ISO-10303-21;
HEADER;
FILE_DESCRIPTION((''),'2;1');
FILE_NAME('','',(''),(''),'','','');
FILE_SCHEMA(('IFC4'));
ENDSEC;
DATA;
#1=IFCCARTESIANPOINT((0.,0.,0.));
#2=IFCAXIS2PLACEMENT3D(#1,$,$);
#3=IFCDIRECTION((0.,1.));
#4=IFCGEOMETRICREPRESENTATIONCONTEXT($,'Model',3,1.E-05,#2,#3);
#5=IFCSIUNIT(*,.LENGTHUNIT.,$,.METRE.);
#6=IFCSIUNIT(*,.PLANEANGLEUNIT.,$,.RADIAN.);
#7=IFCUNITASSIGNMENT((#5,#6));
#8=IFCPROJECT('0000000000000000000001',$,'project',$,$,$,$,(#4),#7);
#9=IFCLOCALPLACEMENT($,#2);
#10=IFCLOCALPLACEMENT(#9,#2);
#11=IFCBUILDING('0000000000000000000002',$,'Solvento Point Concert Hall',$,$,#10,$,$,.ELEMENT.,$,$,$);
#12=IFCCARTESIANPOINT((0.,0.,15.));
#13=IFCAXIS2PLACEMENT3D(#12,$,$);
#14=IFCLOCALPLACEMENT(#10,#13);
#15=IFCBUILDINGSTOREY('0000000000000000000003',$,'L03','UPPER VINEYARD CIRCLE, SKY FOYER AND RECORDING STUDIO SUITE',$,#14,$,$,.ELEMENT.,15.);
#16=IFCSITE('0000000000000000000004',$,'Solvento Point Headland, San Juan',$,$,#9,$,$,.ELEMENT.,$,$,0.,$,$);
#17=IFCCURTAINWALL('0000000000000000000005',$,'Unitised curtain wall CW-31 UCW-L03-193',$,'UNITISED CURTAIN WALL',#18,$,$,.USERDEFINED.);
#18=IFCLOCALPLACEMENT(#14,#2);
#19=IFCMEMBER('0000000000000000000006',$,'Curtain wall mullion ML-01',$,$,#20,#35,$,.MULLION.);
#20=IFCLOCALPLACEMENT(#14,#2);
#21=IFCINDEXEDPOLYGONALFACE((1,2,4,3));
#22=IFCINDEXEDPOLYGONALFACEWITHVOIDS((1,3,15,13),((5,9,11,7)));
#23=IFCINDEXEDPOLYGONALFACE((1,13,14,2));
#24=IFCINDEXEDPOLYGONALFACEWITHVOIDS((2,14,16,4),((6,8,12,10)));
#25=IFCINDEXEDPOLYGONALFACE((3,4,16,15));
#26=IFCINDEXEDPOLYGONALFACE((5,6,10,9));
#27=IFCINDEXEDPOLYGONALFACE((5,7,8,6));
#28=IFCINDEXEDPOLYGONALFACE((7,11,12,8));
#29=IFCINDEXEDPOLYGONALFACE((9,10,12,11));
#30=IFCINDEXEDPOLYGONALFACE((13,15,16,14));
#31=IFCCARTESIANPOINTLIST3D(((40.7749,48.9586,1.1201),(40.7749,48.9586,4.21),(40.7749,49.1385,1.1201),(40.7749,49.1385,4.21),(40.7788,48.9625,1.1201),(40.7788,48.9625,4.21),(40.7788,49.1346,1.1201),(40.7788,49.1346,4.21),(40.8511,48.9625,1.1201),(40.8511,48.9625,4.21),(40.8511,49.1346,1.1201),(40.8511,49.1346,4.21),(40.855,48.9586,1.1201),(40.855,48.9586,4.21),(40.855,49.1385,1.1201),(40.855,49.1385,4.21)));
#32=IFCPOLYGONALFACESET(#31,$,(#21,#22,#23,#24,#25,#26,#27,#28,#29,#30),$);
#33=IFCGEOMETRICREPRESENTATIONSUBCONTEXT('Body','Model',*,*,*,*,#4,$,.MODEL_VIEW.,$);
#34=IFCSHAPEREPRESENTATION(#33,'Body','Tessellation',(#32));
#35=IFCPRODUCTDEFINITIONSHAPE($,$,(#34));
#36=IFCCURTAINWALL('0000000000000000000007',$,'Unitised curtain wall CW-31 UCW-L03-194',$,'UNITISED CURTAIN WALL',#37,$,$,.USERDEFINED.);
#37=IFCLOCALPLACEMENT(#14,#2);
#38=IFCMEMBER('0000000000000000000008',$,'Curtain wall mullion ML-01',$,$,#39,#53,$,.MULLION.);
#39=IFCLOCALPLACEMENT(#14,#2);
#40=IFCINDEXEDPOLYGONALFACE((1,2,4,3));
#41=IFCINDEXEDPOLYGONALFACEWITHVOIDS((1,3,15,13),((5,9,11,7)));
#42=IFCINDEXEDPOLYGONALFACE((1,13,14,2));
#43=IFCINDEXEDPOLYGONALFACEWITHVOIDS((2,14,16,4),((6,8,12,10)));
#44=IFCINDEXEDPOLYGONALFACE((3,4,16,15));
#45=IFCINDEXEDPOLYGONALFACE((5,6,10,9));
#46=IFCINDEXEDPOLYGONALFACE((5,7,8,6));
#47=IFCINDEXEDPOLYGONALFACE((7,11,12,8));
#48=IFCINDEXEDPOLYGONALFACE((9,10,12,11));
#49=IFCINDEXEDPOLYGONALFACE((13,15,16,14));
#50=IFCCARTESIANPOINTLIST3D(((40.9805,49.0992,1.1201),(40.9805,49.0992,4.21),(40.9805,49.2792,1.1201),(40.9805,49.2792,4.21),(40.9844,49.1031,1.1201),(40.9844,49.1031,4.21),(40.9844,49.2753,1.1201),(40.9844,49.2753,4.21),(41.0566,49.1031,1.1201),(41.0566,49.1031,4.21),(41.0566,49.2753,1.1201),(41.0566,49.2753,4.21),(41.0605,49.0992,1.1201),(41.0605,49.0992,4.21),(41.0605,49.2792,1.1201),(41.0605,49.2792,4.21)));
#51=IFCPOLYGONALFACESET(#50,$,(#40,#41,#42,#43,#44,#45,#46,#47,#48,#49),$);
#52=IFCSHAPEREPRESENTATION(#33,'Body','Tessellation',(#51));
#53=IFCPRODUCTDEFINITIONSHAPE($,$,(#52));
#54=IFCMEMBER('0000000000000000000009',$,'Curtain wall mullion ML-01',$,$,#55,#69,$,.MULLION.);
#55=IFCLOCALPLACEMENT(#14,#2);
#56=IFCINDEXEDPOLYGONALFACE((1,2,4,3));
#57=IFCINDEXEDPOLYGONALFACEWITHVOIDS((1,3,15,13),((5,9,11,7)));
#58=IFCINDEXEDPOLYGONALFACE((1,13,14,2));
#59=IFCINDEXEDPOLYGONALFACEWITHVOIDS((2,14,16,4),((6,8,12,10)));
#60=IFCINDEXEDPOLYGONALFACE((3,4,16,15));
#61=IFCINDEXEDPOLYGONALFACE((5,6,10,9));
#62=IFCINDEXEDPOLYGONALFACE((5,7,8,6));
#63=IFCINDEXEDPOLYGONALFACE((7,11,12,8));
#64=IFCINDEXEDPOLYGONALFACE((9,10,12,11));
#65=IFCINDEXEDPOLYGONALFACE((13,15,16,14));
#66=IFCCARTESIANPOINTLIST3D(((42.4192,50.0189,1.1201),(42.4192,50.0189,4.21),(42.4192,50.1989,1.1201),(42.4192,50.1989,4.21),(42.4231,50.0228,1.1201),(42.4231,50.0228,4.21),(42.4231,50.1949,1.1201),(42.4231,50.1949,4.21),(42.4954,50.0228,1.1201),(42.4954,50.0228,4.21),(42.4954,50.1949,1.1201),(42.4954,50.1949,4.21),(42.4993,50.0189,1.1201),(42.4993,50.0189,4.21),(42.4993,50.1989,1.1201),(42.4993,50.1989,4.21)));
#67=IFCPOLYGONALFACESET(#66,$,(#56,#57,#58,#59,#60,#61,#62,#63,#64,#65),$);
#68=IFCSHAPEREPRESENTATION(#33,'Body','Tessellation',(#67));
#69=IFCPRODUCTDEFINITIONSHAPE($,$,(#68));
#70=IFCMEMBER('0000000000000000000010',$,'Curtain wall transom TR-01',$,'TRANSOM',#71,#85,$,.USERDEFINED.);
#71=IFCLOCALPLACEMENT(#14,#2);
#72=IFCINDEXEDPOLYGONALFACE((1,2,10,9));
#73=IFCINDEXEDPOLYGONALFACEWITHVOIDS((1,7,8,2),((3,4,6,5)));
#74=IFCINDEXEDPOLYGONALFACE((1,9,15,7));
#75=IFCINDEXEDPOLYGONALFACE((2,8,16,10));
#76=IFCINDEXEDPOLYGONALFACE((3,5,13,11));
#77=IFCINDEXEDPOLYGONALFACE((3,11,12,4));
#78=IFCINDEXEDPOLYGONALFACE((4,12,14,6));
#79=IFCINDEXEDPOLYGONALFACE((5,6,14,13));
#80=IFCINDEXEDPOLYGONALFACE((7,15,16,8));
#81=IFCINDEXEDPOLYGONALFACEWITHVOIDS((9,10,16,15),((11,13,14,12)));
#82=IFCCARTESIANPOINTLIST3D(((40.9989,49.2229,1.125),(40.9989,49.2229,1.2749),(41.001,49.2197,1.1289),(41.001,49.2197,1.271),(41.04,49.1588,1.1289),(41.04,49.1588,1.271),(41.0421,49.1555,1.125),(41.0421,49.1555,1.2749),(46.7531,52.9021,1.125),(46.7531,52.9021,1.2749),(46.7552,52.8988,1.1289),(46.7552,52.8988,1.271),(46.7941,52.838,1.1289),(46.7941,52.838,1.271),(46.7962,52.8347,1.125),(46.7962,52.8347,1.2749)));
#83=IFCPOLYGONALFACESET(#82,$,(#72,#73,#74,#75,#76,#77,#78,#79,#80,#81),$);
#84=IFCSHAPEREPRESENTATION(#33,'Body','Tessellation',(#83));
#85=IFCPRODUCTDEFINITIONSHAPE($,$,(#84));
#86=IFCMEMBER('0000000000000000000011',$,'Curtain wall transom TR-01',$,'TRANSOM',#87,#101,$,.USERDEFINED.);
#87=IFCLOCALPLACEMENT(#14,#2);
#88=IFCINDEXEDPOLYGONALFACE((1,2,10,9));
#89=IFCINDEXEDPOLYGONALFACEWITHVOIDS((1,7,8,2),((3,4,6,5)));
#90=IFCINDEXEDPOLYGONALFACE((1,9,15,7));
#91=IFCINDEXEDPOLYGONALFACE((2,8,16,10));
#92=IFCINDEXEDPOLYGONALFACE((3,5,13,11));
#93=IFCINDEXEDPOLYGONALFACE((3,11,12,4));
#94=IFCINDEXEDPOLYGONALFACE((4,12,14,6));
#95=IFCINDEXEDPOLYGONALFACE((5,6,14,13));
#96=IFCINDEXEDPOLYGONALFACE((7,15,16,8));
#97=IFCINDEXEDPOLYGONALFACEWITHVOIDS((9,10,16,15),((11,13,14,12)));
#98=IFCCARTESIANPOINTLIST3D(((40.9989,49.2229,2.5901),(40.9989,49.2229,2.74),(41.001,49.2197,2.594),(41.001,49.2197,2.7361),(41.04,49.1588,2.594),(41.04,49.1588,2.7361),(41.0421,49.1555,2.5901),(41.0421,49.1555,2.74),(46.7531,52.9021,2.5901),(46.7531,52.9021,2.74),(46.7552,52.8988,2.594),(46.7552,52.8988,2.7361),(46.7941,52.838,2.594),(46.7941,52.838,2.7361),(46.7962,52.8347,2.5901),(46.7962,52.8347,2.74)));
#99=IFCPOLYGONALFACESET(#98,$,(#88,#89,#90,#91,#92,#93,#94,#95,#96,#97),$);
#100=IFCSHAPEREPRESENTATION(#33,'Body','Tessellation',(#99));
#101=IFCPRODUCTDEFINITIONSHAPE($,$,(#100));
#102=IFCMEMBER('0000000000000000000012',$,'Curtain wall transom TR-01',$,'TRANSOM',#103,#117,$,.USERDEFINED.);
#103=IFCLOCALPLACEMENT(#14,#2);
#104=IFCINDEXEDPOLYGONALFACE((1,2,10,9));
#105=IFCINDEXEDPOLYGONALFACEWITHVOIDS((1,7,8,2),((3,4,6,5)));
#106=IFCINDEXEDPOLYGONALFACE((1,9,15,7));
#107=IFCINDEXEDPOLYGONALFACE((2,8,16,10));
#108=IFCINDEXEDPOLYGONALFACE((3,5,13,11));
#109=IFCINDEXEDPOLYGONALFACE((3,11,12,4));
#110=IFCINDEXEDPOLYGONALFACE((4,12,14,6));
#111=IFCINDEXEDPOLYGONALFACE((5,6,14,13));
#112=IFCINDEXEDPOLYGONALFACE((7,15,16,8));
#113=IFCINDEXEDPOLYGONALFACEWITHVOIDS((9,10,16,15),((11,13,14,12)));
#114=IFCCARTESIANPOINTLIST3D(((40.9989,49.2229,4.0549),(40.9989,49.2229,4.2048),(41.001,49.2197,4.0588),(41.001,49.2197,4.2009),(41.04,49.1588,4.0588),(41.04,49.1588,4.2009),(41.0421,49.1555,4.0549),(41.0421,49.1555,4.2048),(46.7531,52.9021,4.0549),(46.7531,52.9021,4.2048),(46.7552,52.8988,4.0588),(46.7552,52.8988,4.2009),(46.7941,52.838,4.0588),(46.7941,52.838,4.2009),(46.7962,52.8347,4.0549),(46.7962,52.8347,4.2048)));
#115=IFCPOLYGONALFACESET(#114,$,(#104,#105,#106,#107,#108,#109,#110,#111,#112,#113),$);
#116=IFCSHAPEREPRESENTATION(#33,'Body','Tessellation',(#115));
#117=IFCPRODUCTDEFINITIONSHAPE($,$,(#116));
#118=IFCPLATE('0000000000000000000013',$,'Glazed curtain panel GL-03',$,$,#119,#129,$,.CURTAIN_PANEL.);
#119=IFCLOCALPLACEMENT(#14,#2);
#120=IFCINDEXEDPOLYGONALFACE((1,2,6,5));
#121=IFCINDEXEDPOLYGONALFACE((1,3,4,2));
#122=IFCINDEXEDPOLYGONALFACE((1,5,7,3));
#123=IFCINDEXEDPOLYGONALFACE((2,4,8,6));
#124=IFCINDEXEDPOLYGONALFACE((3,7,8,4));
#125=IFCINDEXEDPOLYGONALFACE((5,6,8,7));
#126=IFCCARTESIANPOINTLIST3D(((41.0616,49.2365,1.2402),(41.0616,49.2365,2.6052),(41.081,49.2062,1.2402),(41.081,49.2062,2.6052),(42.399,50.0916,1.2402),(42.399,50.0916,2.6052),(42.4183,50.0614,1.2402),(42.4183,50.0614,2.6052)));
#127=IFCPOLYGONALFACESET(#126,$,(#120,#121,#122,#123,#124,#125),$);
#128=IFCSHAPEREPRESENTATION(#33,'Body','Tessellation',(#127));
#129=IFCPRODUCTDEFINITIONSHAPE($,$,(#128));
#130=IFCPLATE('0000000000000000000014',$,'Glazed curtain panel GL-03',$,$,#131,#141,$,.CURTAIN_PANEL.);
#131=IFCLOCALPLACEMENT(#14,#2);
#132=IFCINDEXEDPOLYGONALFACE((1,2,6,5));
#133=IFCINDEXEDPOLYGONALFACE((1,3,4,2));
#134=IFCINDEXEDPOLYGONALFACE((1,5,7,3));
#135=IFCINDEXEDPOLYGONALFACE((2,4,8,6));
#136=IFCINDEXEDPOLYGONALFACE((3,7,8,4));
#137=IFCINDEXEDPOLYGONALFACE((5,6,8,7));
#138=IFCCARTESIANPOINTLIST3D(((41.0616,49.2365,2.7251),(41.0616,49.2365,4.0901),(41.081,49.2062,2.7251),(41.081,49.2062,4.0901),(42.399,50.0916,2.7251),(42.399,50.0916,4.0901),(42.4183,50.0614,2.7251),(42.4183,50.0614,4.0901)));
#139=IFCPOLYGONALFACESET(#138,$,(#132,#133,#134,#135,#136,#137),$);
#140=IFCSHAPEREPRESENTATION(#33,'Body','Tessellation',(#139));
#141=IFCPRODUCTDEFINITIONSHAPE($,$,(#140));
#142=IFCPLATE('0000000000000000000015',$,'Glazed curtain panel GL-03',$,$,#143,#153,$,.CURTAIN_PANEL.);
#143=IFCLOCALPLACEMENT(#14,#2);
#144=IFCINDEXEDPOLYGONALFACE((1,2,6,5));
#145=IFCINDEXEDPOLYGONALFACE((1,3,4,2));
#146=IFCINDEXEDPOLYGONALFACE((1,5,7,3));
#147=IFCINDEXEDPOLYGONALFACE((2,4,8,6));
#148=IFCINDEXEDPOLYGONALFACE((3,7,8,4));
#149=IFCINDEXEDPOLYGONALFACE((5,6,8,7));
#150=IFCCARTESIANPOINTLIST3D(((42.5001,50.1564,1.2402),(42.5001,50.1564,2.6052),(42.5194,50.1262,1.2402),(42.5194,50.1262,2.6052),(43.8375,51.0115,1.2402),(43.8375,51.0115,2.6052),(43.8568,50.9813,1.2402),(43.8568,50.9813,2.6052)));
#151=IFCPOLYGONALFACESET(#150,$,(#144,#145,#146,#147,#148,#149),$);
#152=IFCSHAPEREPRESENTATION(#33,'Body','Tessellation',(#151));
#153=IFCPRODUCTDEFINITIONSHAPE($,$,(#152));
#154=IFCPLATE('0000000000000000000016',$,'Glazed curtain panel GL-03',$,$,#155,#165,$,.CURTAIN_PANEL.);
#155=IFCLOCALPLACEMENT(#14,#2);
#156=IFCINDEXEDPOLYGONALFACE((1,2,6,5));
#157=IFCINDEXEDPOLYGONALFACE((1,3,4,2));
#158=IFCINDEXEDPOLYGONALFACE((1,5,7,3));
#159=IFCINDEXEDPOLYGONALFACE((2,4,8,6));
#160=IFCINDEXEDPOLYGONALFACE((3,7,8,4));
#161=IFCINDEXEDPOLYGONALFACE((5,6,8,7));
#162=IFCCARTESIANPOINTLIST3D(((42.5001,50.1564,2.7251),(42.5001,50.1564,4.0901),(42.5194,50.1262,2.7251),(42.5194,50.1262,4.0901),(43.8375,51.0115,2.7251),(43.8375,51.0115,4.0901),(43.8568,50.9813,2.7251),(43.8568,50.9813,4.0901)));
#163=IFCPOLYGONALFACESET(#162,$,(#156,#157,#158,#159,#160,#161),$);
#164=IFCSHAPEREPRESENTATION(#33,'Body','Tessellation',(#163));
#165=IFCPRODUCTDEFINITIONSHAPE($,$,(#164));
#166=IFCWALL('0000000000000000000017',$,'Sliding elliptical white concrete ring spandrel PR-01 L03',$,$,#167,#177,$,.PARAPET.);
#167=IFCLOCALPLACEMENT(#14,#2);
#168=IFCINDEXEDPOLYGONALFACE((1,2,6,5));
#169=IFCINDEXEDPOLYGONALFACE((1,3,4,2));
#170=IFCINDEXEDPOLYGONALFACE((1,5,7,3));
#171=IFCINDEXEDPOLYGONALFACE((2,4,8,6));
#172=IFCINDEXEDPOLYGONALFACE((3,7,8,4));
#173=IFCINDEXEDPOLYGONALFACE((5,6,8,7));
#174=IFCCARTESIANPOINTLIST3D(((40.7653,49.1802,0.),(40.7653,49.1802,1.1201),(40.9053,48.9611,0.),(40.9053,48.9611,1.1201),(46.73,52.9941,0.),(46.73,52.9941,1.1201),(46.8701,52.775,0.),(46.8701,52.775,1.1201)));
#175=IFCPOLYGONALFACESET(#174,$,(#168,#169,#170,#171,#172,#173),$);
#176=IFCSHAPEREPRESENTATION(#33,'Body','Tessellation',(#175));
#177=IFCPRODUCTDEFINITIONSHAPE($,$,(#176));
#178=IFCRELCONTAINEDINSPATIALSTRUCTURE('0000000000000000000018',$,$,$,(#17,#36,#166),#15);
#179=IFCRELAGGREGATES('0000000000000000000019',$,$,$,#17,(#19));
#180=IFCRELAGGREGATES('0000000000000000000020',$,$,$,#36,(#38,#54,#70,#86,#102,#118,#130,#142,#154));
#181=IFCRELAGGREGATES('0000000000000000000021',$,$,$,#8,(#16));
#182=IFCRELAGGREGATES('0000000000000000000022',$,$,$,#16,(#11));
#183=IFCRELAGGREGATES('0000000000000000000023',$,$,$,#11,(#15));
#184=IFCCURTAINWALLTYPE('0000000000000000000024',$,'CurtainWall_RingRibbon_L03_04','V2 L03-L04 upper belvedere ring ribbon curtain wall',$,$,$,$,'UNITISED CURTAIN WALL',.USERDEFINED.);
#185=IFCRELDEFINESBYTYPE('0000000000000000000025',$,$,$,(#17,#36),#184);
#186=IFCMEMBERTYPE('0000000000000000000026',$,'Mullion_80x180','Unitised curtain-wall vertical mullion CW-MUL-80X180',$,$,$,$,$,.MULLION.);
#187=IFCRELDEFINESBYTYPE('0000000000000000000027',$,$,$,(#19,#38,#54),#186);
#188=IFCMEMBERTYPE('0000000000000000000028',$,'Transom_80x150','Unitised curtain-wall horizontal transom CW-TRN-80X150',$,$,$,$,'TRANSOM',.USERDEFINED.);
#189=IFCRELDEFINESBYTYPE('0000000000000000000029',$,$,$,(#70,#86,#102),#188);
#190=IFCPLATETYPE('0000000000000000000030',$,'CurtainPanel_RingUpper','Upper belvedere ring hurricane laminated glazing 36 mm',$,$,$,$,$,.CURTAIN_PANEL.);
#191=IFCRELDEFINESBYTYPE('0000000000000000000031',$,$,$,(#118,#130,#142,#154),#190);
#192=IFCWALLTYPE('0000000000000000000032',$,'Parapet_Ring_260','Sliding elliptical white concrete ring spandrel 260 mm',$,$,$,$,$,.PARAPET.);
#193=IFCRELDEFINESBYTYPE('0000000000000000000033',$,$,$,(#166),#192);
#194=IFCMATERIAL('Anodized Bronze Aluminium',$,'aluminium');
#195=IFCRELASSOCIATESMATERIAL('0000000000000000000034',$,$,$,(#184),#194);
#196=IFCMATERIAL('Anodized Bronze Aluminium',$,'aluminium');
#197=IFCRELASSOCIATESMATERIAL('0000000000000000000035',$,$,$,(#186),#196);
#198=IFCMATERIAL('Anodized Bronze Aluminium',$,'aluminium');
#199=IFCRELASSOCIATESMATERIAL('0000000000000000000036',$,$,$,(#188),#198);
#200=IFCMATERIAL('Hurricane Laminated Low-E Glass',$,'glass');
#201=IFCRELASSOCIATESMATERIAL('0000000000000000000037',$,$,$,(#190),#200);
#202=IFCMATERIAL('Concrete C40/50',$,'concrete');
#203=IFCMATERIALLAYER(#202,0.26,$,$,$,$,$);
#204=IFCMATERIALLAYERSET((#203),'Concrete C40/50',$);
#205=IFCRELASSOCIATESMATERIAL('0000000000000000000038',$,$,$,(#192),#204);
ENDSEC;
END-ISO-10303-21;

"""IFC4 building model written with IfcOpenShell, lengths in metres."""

from ifc_helpers import new_model, si_unit, direction, frame, frame_2d, origin, origin_2d, place, context, subcontext, project, spatial, rectangle, hollow_rectangle, extrude, material, layer, layer_set, material_profile, profile_set, type_object, element, aggregate, save


model = new_model("IFC4")

# Units and contexts
model_context = context("Model", 3, precision=1e-05, world=origin(), true_north=direction((0.0, 1.0)))
body_context = subcontext(model_context, "Body", "Model", "MODEL_VIEW")
ifc_project = project(units=[si_unit("LENGTHUNIT", "METRE"), si_unit("PLANEANGLEUNIT", "RADIAN")], contexts=[model_context])

# Site, building, storey
site_placement = place(None, origin())
site = spatial("IfcSite", under=ifc_project, at=site_placement, Name="Solvento Point Headland, San Juan", CompositionType="ELEMENT", RefElevation=0.0)
building_placement = place(site_placement, origin())
building = spatial("IfcBuilding", under=site, at=building_placement, Name="Solvento Point Concert Hall", CompositionType="ELEMENT")
storey_placement = place(building_placement, frame((0.0, 0.0, 15.0)))
storey = spatial("IfcBuildingStorey", under=building, at=storey_placement, Name="L03", Description="UPPER VINEYARD CIRCLE, SKY FOYER AND RECORDING STUDIO SUITE", CompositionType="ELEMENT", Elevation=15.0)

# Curtain wall, member
ifc_material_1 = material(Name="Anodized Bronze Aluminium", Category="aluminium")
curtain_wall_type = type_object("IfcCurtainWallType", Name="CurtainWall_RingRibbon_L03_04", Description="V2 L03-L04 upper belvedere ring ribbon curtain wall", ElementType="UNITISED CURTAIN WALL", PredefinedType="USERDEFINED", material=ifc_material_1)
curtain_wall_1_placement = place(storey_placement, origin())
curtain_wall_1 = element("IfcCurtainWall", 1, at=curtain_wall_1_placement, inside=storey, type_object=curtain_wall_type, Name="Unitised curtain wall CW-31 UCW-L03-193", ObjectType="UNITISED CURTAIN WALL", PredefinedType="USERDEFINED")
ifc_material_2 = material(Name="Anodized Bronze Aluminium", Category="aluminium")
ifc_material_profile_1 = material_profile(ifc_material_2, hollow_rectangle(XDim=0.0801, YDim=0.1799, WallThickness=0.0039, at=origin_2d()), Name="CW-MUL-80X180")
ifc_profile_set_1 = profile_set([ifc_material_profile_1], Name="Anodized Bronze Aluminium")
member_type_1 = type_object("IfcMemberType", Name="Mullion_80x180", Description="Unitised curtain-wall vertical mullion CW-MUL-80X180", PredefinedType="MULLION", material=ifc_profile_set_1)
member_1_placement = place(storey_placement, frame((40.8149, 49.0486, 1.1201), z_axis=(0.0, 0.0, 1.0), x_axis=(1.0, 0.0, 0.0)))
member_1 = element("IfcMember", 2, at=member_1_placement, type_object=member_type_1, Name="Curtain wall mullion ML-01", PredefinedType="MULLION", context=body_context, shape_type="SweptSolid", body=[
    extrude(hollow_rectangle(XDim=0.0801, YDim=0.1799, WallThickness=0.0039, at=origin_2d()), origin(), (0.0, 0.0, 1.0), 3.0898),
])
aggregate(curtain_wall_1, [member_1])

# Curtain wall, members, plates
curtain_wall_2_placement = place(storey_placement, origin())
curtain_wall_2 = element("IfcCurtainWall", 3, at=curtain_wall_2_placement, inside=storey, type_object=curtain_wall_type, Name="Unitised curtain wall CW-31 UCW-L03-194", ObjectType="UNITISED CURTAIN WALL", PredefinedType="USERDEFINED")
member_2_placement = place(storey_placement, frame((41.0205, 49.1892, 1.1201), z_axis=(0.0, 0.0, 1.0), x_axis=(1.0, 0.0, 0.0)))
member_2 = element("IfcMember", 4, at=member_2_placement, type_object=member_type_1, Name="Curtain wall mullion ML-01", PredefinedType="MULLION", context=body_context, shape_type="SweptSolid", body=[
    extrude(hollow_rectangle(XDim=0.0801, YDim=0.1799, WallThickness=0.0039, at=origin_2d()), origin(), (0.0, 0.0, 1.0), 3.0898),
])
member_3_placement = place(storey_placement, frame((42.4592, 50.1089, 1.1201), z_axis=(0.0, 0.0, 1.0), x_axis=(1.0, 0.0, 0.0)))
member_3 = element("IfcMember", 5, at=member_3_placement, type_object=member_type_1, Name="Curtain wall mullion ML-01", PredefinedType="MULLION", context=body_context, shape_type="SweptSolid", body=[
    extrude(hollow_rectangle(XDim=0.0801, YDim=0.1799, WallThickness=0.0039, at=origin_2d()), origin(), (0.0, 0.0, 1.0), 3.0898),
])
ifc_material_3 = material(Name="Anodized Bronze Aluminium", Category="aluminium")
ifc_material_profile_2 = material_profile(ifc_material_3, hollow_rectangle(XDim=0.0801, YDim=0.1499, WallThickness=0.0039, at=origin_2d()), Name="CW-TRN-80X150")
ifc_profile_set_2 = profile_set([ifc_material_profile_2], Name="Anodized Bronze Aluminium")
member_type_2 = type_object("IfcMemberType", Name="Transom_80x150", Description="Unitised curtain-wall horizontal transom CW-TRN-80X150", ElementType="TRANSOM", PredefinedType="USERDEFINED", material=ifc_profile_set_2)
member_4_placement = place(storey_placement, frame((41.0205, 49.1892, 1.2), z_axis=(0.842501, 0.538695, 0.0), x_axis=(-0.538695, 0.842501, 0.0)))
member_4 = element("IfcMember", 6, at=member_4_placement, type_object=member_type_2, Name="Curtain wall transom TR-01", ObjectType="TRANSOM", PredefinedType="USERDEFINED", context=body_context, shape_type="SweptSolid", body=[
    extrude(hollow_rectangle(XDim=0.0801, YDim=0.1499, WallThickness=0.0039, at=origin_2d()), origin(), (0.0, 0.0, 1.0), 6.8298),
])
member_5_placement = place(storey_placement, frame((41.0205, 49.1892, 2.665), z_axis=(0.842501, 0.538695, 0.0), x_axis=(-0.538695, 0.842501, 0.0)))
member_5 = element("IfcMember", 7, at=member_5_placement, type_object=member_type_2, Name="Curtain wall transom TR-01", ObjectType="TRANSOM", PredefinedType="USERDEFINED", context=body_context, shape_type="SweptSolid", body=[
    extrude(hollow_rectangle(XDim=0.0801, YDim=0.1499, WallThickness=0.0039, at=origin_2d()), origin(), (0.0, 0.0, 1.0), 6.8298),
])
member_6_placement = place(storey_placement, frame((41.0205, 49.1892, 4.1299), z_axis=(0.842501, 0.538695, 0.0), x_axis=(-0.538695, 0.842501, 0.0)))
member_6 = element("IfcMember", 8, at=member_6_placement, type_object=member_type_2, Name="Curtain wall transom TR-01", ObjectType="TRANSOM", PredefinedType="USERDEFINED", context=body_context, shape_type="SweptSolid", body=[
    extrude(hollow_rectangle(XDim=0.0801, YDim=0.1499, WallThickness=0.0039, at=origin_2d()), origin(), (0.0, 0.0, 1.0), 6.8298),
])
ifc_material_4 = material(Name="Hurricane Laminated Low-E Glass", Category="glass")
plate_type = type_object("IfcPlateType", Name="CurtainPanel_RingUpper", Description="Upper belvedere ring hurricane laminated glazing 36 mm", PredefinedType="CURTAIN_PANEL", material=ifc_material_4)
plate_1_placement = place(storey_placement, frame((41.74, 49.6489, 1.2402), z_axis=(0.0, 0.0, 1.0), x_axis=(0.84249, 0.538712, 0.0)))
plate_1 = element("IfcPlate", 9, at=plate_1_placement, type_object=plate_type, Name="Glazed curtain panel GL-03", PredefinedType="CURTAIN_PANEL", context=body_context, shape_type="SweptSolid", body=[
    extrude(rectangle(XDim=1.5874, YDim=0.0359, at=origin_2d()), origin(), (0.0, 0.0, 1.0), 1.365),
])
plate_2_placement = place(storey_placement, frame((41.74, 49.6489, 2.7251), z_axis=(0.0, 0.0, 1.0), x_axis=(0.84249, 0.538712, 0.0)))
plate_2 = element("IfcPlate", 10, at=plate_2_placement, type_object=plate_type, Name="Glazed curtain panel GL-03", PredefinedType="CURTAIN_PANEL", context=body_context, shape_type="SweptSolid", body=[
    extrude(rectangle(XDim=1.5874, YDim=0.0359, at=origin_2d()), origin(), (0.0, 0.0, 1.0), 1.365),
])
plate_3_placement = place(storey_placement, frame((43.1785, 50.5688, 1.2402), z_axis=(0.0, 0.0, 1.0), x_axis=(0.84249, 0.538712, 0.0)))
plate_3 = element("IfcPlate", 11, at=plate_3_placement, type_object=plate_type, Name="Glazed curtain panel GL-03", PredefinedType="CURTAIN_PANEL", context=body_context, shape_type="SweptSolid", body=[
    extrude(rectangle(XDim=1.5874, YDim=0.0359, at=origin_2d()), origin(), (0.0, 0.0, 1.0), 1.365),
])
plate_4_placement = place(storey_placement, frame((43.1785, 50.5688, 2.7251), z_axis=(0.0, 0.0, 1.0), x_axis=(0.84249, 0.538712, 0.0)))
plate_4 = element("IfcPlate", 12, at=plate_4_placement, type_object=plate_type, Name="Glazed curtain panel GL-03", PredefinedType="CURTAIN_PANEL", context=body_context, shape_type="SweptSolid", body=[
    extrude(rectangle(XDim=1.5874, YDim=0.0359, at=origin_2d()), origin(), (0.0, 0.0, 1.0), 1.365),
])
aggregate(curtain_wall_2, [member_2, member_3, member_4, member_5, member_6, plate_1, plate_2, plate_3, plate_4])

# Wall
ifc_material_5 = material(Name="Concrete C40/50", Category="concrete")
ifc_layer = layer(ifc_material_5, 0.26)
ifc_layer_set = layer_set([ifc_layer], Name="Concrete C40/50")
wall_type = type_object("IfcWallType", Name="Parapet_Ring_260", Description="Sliding elliptical white concrete ring spandrel 260 mm", PredefinedType="PARAPET", material=ifc_layer_set)
wall_placement = place(storey_placement, frame((40.8352, 49.0706, 0.0), z_axis=(0.0, 0.0, 1.0), x_axis=(0.842498, 0.538699, 0.0)))
element("IfcWall", 13, at=wall_placement, inside=storey, type_object=wall_type, Name="Sliding elliptical white concrete ring spandrel PR-01 L03", PredefinedType="PARAPET", context=body_context, shape_type="SweptSolid", body=[
    extrude(rectangle(XDim=7.0798, YDim=0.26, at=frame_2d((3.54, 0.0))), origin(), (0.0, 0.0, 1.0), 1.1201),
])

save(model, "model.ifc")
